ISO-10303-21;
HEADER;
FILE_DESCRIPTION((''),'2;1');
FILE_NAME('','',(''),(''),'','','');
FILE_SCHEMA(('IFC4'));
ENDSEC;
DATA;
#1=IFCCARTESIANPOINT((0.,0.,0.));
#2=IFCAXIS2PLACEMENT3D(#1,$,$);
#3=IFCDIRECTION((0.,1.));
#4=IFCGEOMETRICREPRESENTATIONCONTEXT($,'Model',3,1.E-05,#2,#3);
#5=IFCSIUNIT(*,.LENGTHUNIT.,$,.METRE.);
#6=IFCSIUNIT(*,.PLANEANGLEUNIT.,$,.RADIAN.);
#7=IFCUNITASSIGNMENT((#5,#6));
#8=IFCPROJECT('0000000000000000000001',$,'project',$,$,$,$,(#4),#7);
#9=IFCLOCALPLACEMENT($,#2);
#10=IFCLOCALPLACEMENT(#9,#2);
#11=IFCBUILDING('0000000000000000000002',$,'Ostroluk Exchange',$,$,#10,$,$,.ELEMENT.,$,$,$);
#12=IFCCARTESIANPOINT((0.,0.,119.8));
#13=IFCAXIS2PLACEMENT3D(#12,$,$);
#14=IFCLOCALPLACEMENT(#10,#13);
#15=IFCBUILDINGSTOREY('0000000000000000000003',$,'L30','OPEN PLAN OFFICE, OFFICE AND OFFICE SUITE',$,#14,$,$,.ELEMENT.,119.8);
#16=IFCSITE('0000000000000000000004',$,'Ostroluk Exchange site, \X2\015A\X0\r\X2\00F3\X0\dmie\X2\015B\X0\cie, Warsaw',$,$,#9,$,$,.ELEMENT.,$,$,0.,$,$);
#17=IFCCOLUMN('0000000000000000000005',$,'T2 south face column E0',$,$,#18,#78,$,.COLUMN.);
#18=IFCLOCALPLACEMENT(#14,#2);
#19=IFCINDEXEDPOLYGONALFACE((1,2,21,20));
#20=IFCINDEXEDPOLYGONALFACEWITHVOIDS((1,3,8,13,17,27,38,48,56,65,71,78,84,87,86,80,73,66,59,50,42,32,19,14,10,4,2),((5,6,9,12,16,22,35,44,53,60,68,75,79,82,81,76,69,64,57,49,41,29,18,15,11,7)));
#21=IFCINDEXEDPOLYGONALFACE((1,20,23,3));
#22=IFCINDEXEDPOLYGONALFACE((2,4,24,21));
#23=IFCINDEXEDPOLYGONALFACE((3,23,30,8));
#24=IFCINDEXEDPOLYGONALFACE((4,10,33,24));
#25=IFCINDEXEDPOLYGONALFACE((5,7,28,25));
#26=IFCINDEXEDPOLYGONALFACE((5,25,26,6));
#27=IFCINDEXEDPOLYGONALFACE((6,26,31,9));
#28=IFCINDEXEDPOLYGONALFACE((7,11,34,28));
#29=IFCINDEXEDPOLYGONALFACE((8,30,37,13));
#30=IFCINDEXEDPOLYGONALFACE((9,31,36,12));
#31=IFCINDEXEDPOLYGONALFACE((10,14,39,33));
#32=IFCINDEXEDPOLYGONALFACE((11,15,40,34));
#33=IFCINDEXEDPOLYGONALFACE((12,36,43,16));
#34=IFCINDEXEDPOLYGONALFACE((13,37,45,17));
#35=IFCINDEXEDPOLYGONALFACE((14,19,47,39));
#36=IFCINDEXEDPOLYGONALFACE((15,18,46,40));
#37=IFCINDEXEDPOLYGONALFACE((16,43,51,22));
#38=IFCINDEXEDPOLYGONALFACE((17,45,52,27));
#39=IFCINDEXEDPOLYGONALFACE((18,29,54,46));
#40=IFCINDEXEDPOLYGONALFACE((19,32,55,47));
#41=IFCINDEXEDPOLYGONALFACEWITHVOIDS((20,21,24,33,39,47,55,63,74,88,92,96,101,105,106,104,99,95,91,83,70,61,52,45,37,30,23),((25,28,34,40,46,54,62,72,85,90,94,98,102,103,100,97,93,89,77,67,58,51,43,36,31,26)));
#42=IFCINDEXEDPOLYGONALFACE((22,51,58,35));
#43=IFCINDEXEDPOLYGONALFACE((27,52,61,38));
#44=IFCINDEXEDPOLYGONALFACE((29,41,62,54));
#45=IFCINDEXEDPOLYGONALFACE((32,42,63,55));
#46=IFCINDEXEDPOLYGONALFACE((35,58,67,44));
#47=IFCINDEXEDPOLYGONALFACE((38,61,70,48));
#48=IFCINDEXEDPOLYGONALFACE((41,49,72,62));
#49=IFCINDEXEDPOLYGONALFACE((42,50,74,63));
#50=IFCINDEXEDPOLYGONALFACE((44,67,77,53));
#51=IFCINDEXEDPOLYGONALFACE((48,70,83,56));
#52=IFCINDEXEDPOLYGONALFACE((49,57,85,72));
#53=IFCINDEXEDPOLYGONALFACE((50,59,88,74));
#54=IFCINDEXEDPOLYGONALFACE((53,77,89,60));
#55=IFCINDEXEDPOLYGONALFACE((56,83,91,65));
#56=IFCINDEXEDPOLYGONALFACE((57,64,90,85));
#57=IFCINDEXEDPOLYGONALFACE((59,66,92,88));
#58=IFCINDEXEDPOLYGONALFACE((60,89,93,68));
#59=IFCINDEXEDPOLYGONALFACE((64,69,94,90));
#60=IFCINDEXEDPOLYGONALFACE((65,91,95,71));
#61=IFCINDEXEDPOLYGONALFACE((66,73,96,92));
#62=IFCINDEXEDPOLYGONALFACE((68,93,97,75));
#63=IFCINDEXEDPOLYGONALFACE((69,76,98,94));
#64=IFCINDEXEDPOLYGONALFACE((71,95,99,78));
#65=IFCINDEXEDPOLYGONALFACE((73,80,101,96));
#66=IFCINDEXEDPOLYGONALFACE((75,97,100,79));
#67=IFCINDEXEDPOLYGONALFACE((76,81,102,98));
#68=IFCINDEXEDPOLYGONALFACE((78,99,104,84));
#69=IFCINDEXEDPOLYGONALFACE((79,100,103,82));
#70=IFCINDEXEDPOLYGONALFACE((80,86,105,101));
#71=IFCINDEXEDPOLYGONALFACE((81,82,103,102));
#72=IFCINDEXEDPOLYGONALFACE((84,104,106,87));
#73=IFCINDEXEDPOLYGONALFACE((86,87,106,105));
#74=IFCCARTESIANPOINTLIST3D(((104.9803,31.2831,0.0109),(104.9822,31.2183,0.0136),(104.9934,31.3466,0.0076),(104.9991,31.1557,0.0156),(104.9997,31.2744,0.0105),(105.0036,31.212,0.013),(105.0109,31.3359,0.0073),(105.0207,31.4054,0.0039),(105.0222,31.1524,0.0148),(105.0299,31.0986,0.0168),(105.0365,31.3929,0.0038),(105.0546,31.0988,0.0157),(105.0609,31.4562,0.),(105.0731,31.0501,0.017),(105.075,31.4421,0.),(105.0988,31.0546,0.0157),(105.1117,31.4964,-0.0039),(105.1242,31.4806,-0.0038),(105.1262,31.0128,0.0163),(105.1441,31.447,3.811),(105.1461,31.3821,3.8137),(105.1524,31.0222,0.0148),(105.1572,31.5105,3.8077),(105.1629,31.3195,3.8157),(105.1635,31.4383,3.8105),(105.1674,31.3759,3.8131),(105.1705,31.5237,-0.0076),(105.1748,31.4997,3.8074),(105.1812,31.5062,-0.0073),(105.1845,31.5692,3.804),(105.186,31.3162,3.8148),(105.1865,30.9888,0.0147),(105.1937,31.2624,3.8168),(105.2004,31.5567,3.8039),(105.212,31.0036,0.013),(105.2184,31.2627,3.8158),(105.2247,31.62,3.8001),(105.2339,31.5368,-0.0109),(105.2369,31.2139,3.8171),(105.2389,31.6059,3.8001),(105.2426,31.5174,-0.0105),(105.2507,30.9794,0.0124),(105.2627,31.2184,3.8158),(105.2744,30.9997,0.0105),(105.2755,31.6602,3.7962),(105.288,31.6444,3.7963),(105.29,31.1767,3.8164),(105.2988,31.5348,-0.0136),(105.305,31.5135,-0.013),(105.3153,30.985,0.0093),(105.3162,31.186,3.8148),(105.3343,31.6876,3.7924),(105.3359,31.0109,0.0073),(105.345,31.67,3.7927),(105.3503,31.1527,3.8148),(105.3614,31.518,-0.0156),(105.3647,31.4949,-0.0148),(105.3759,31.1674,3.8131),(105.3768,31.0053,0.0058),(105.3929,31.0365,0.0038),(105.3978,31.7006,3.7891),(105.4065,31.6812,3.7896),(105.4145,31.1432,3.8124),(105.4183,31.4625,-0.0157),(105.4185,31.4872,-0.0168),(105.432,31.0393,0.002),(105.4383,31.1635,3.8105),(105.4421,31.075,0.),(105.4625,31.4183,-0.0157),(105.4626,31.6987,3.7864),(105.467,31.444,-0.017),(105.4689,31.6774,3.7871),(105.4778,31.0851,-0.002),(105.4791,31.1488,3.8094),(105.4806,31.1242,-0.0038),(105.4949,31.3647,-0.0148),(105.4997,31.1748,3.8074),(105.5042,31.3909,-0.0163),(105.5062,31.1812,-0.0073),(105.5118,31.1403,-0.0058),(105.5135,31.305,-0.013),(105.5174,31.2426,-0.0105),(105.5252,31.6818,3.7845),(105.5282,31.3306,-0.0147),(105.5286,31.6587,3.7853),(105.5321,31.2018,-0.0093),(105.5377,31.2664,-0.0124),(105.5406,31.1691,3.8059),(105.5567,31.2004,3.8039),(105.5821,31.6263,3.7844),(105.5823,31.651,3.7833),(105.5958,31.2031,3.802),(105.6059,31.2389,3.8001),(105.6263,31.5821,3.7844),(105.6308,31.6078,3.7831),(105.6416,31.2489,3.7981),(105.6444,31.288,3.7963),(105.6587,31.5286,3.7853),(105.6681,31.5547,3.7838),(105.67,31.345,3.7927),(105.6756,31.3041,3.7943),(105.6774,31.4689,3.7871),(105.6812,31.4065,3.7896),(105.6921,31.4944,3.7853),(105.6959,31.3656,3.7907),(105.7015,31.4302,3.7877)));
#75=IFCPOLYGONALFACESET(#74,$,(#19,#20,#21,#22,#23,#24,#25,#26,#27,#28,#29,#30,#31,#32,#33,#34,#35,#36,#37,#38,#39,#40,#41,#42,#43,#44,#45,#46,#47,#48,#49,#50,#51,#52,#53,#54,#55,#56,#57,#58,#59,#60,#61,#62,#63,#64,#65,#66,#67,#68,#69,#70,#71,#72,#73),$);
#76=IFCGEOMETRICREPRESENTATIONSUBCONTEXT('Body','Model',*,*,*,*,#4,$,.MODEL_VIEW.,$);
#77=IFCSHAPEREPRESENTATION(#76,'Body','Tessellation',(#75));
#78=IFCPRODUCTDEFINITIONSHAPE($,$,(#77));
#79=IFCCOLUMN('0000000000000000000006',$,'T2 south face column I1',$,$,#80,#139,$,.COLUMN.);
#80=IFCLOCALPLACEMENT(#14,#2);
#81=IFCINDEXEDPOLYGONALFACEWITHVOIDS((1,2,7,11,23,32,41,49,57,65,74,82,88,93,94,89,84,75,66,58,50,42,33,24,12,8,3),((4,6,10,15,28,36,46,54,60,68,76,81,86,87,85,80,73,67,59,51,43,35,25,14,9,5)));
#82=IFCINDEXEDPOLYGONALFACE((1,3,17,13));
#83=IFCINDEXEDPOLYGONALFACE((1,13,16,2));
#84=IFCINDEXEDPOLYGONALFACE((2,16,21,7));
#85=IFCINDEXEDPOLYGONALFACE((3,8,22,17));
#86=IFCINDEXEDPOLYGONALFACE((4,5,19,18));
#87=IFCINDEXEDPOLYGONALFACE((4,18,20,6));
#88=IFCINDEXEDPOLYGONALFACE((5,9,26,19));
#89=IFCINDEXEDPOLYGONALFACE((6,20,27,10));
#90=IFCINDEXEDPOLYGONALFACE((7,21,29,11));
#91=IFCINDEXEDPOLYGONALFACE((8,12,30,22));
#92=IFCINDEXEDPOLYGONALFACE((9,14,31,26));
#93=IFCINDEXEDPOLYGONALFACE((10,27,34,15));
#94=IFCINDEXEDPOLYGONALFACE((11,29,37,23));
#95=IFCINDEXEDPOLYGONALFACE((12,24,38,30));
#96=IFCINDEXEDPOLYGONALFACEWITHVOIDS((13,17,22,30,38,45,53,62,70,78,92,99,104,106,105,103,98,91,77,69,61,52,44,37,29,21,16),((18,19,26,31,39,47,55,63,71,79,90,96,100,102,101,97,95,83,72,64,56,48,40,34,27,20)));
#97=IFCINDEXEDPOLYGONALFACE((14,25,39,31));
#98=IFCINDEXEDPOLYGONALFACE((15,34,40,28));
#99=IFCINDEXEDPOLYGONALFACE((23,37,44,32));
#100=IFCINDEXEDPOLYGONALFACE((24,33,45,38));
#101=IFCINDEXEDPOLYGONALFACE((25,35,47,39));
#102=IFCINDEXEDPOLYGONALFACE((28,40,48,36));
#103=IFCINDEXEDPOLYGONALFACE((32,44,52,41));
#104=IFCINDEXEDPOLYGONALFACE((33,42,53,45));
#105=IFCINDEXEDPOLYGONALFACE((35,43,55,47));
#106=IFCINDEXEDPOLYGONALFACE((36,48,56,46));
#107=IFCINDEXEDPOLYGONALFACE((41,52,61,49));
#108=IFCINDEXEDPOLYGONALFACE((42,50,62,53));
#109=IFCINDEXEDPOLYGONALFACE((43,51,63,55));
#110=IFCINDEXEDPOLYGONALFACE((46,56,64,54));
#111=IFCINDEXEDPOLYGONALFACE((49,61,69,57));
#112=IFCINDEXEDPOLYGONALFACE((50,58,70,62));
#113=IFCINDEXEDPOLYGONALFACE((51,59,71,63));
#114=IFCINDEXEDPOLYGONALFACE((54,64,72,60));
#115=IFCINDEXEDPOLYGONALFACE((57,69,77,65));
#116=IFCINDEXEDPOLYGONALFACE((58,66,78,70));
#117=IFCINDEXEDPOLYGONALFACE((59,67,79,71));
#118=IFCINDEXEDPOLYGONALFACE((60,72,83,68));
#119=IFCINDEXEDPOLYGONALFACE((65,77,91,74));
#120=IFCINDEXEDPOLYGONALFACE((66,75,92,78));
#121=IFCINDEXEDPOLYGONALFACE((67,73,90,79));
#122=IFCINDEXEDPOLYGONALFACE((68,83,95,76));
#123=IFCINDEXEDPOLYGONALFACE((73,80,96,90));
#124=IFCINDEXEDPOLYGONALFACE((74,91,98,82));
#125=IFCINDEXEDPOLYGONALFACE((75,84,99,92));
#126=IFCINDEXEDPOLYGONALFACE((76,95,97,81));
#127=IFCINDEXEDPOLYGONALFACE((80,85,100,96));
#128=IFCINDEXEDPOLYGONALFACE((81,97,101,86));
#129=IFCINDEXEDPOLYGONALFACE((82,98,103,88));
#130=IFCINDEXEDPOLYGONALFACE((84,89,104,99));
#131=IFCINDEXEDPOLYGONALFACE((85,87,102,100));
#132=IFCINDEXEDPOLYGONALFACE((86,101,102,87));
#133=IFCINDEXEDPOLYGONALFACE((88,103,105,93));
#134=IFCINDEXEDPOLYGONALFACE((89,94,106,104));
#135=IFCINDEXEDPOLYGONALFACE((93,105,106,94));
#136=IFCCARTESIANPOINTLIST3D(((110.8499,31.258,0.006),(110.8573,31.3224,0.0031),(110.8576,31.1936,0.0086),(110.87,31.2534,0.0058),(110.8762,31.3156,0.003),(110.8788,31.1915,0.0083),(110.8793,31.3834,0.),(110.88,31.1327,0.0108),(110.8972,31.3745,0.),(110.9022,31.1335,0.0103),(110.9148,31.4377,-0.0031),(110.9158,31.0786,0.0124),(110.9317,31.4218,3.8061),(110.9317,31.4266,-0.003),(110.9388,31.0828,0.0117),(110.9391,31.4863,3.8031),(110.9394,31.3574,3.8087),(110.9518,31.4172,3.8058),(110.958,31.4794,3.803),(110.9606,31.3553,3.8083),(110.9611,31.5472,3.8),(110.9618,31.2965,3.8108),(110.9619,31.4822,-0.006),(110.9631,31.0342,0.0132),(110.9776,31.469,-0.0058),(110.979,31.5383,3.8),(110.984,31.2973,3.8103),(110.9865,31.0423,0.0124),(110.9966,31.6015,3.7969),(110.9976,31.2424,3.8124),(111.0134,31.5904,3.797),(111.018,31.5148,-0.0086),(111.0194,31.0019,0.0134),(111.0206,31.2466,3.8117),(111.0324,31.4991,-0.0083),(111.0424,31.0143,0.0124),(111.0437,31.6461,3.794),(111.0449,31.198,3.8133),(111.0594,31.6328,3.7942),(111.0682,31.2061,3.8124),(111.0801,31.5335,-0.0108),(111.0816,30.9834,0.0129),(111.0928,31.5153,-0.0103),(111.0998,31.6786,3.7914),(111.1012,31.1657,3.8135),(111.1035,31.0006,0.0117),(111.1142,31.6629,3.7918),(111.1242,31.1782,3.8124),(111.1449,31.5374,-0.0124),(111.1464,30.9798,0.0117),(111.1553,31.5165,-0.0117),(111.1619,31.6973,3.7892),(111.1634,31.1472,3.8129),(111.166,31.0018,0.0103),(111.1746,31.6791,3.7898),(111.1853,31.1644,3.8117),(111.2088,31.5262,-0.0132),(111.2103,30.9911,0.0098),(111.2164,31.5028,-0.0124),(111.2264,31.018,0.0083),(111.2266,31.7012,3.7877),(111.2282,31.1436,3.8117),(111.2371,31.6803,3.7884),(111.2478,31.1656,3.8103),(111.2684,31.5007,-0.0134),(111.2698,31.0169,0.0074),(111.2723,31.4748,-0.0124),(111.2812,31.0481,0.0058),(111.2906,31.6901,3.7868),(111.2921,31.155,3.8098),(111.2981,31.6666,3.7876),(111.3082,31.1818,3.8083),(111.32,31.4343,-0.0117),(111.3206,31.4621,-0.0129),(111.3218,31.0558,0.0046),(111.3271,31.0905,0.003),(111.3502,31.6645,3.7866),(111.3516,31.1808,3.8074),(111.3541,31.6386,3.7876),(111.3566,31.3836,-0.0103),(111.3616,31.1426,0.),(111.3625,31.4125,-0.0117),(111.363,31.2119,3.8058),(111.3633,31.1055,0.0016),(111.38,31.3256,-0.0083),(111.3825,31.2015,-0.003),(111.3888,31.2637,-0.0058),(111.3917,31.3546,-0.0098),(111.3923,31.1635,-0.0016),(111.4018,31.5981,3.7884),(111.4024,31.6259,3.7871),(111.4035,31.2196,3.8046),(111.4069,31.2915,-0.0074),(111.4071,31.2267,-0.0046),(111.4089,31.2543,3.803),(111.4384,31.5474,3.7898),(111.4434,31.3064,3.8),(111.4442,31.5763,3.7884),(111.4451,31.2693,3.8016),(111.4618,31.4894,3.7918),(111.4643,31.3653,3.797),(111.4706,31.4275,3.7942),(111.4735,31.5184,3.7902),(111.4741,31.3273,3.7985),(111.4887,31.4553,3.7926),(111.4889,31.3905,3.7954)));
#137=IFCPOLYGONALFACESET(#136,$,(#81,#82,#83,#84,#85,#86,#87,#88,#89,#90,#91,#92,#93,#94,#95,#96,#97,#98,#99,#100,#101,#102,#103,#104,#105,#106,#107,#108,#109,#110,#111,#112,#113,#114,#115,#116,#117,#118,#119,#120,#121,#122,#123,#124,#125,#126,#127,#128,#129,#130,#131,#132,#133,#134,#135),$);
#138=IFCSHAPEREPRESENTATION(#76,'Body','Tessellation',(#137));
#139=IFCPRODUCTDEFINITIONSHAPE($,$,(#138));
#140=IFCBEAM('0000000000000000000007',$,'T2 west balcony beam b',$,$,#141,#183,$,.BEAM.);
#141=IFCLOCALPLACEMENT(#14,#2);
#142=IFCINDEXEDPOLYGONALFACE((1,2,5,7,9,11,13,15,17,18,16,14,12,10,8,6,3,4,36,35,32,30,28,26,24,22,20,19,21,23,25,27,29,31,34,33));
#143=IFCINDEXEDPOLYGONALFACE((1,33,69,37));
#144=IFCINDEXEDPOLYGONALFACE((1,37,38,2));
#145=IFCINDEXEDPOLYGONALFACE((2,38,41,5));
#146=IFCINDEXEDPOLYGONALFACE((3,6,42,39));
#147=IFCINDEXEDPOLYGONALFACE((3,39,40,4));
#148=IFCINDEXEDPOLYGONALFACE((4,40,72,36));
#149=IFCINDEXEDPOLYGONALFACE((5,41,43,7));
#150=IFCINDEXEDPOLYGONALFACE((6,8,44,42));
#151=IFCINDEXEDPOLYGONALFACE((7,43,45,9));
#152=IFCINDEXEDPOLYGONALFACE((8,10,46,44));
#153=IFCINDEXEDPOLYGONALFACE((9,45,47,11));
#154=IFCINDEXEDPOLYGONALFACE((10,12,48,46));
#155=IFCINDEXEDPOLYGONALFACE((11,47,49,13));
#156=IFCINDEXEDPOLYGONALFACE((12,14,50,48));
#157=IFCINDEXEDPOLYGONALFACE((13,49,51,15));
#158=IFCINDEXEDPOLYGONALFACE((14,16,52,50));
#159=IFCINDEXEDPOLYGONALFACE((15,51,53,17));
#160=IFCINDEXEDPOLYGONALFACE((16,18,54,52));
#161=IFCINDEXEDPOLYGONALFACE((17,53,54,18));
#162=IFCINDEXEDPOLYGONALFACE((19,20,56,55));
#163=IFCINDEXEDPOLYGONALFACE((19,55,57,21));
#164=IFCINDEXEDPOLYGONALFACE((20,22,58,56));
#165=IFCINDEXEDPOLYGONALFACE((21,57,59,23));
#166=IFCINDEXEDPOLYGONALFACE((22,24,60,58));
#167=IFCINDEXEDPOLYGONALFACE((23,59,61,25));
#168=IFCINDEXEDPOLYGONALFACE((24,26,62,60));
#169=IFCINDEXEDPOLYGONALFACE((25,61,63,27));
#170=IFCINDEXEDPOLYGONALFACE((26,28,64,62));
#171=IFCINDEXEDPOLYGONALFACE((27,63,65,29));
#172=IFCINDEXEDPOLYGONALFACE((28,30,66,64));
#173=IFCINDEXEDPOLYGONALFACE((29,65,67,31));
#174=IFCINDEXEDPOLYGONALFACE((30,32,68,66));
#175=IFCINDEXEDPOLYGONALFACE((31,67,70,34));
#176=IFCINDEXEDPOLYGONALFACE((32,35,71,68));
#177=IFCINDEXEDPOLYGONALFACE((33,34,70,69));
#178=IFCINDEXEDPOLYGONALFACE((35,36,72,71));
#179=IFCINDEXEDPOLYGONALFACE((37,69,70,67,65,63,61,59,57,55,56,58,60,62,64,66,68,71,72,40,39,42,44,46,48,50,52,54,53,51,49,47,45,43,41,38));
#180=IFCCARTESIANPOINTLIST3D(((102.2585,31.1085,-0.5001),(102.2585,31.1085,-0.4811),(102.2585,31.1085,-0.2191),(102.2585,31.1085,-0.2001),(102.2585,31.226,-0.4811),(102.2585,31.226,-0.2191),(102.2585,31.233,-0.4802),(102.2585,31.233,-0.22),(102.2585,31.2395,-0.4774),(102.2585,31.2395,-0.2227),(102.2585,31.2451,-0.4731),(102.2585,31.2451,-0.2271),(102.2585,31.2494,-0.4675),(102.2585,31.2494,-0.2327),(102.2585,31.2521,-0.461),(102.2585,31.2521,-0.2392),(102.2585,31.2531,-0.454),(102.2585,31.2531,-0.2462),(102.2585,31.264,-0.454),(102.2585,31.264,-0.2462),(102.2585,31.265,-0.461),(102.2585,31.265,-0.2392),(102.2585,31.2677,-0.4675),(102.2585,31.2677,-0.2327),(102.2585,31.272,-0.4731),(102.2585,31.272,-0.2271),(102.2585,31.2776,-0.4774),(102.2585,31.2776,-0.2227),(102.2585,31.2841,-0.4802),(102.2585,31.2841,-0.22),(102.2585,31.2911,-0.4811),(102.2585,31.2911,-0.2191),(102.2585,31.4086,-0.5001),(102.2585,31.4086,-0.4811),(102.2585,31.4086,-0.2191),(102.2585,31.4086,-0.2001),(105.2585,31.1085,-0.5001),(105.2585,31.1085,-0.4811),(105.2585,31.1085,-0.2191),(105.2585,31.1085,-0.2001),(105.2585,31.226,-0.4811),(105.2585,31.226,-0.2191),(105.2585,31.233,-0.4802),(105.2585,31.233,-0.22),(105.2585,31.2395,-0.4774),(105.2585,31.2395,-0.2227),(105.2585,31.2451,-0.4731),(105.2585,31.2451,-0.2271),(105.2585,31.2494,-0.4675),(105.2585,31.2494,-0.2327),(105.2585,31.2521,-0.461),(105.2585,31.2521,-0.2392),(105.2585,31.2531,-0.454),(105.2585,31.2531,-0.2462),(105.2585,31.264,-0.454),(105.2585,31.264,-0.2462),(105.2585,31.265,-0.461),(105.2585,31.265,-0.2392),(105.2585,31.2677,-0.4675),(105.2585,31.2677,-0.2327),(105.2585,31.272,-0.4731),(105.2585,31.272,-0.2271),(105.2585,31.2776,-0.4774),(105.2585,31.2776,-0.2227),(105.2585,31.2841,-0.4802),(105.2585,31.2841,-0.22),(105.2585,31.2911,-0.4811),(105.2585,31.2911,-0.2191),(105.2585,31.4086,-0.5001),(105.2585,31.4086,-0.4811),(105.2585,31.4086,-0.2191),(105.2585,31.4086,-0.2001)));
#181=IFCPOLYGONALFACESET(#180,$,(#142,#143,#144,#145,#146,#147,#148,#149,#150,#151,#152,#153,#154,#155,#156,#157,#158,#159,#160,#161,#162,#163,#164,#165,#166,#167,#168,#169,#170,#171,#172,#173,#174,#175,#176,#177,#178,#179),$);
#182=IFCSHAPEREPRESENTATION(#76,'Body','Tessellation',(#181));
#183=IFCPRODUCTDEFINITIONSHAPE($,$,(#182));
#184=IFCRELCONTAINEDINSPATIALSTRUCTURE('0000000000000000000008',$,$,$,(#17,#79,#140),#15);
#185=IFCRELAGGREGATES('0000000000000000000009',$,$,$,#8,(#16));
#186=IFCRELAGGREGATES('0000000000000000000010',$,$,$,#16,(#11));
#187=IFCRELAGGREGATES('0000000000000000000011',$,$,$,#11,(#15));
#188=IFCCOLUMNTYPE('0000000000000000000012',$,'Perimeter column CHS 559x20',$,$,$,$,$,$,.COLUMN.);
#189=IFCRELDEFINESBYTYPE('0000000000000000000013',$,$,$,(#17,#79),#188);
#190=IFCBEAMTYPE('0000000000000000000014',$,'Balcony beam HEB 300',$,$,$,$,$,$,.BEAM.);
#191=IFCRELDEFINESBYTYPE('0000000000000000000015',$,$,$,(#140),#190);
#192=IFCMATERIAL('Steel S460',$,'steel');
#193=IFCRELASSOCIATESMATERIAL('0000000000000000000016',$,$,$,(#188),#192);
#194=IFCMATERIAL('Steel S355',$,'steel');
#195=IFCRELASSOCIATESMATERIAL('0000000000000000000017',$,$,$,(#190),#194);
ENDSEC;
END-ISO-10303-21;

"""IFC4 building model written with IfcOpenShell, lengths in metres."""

from ifc_helpers import new_model, si_unit, direction, frame, origin, origin_2d, place, context, subcontext, project, spatial, hollow_circle, i_section, extrude, material, material_profile, profile_set, type_object, element, save


model = new_model("IFC4")

# Units and contexts
model_context = context("Model", 3, precision=1e-05, world=origin(), true_north=direction((0.0, 1.0)))
body_context = subcontext(model_context, "Body", "Model", "MODEL_VIEW")
ifc_project = project(units=[si_unit("LENGTHUNIT", "METRE"), si_unit("PLANEANGLEUNIT", "RADIAN")], contexts=[model_context])

# Site, building, storey
site_placement = place(None, origin())
site = spatial("IfcSite", under=ifc_project, at=site_placement, Name="Ostroluk Exchange site, Śródmieście, Warsaw", CompositionType="ELEMENT", RefElevation=0.0)
building_placement = place(site_placement, origin())
building = spatial("IfcBuilding", under=site, at=building_placement, Name="Ostroluk Exchange", CompositionType="ELEMENT")
storey_placement = place(building_placement, frame((0.0, 0.0, 119.8)))
storey = spatial("IfcBuildingStorey", under=building, at=storey_placement, Name="L30", Description="OPEN PLAN OFFICE, OFFICE AND OFFICE SUITE", CompositionType="ELEMENT", Elevation=119.8)

# Columns
ifc_material_1 = material(Name="Steel S460", Category="steel")
ifc_material_profile_1 = material_profile(ifc_material_1, hollow_circle(Radius=0.2795, WallThickness=0.02, at=origin_2d()), Name="CHS 559x20")
ifc_profile_set_1 = profile_set([ifc_material_profile_1], Name="Steel S460")
column_type = type_object("IfcColumnType", Name="Perimeter column CHS 559x20", PredefinedType="COLUMN", material=ifc_profile_set_1)
column_1_placement = place(storey_placement, frame((105.2585, 31.2585, 0.0), z_axis=(0.04303, 0.04303, 0.998147), x_axis=(-0.707107, 0.707107, 0.0)))
element("IfcColumn", 1, at=column_1_placement, inside=storey, type_object=column_type, Name="T2 south face column E0", PredefinedType="COLUMN", context=body_context, shape_type="SweptSolid", body=[
    extrude(hollow_circle(Radius=0.2795, WallThickness=0.02, at=origin_2d()), origin(), (0.0, 0.0, 1.0), 3.8071),
])
column_2_placement = place(storey_placement, frame((111.1294, 31.2585, 0.0), z_axis=(0.021498, 0.04306, 0.998841), x_axis=(-0.894694, 0.44668, 0.0)))
element("IfcColumn", 2, at=column_2_placement, inside=storey, type_object=column_type, Name="T2 south face column I1", PredefinedType="COLUMN", context=body_context, shape_type="SweptSolid", body=[
    extrude(hollow_circle(Radius=0.2795, WallThickness=0.02, at=origin_2d()), origin(), (0.0, 0.0, 1.0), 3.8044),
])

# Beam
ifc_material_2 = material(Name="Steel S355", Category="steel")
ifc_material_profile_2 = material_profile(ifc_material_2, i_section(OverallWidth=0.3, OverallDepth=0.3, WebThickness=0.011, FlangeThickness=0.019, FilletRadius=0.0271, at=origin_2d()), Name="HEB 300")
ifc_profile_set_2 = profile_set([ifc_material_profile_2], Name="Steel S355")
beam_type_1 = type_object("IfcBeamType", Name="Balcony beam HEB 300", PredefinedType="BEAM", material=ifc_profile_set_2)
beam_1_placement = place(storey_placement, frame((105.2585, 31.2585, -0.3501), z_axis=(-1.0, 0.0, 0.0), x_axis=(0.0, -1.0, 0.0)))
element("IfcBeam", 3, at=beam_1_placement, inside=storey, type_object=beam_type_1, Name="T2 west balcony beam b", PredefinedType="BEAM", context=body_context, shape_type="SweptSolid", body=[
    extrude(i_section(OverallWidth=0.3, OverallDepth=0.3, WebThickness=0.011, FlangeThickness=0.019, FilletRadius=0.0271, at=origin_2d()), origin(), (0.0, 0.0, 1.0), 3.0),
])

save(model, "model.ifc")
